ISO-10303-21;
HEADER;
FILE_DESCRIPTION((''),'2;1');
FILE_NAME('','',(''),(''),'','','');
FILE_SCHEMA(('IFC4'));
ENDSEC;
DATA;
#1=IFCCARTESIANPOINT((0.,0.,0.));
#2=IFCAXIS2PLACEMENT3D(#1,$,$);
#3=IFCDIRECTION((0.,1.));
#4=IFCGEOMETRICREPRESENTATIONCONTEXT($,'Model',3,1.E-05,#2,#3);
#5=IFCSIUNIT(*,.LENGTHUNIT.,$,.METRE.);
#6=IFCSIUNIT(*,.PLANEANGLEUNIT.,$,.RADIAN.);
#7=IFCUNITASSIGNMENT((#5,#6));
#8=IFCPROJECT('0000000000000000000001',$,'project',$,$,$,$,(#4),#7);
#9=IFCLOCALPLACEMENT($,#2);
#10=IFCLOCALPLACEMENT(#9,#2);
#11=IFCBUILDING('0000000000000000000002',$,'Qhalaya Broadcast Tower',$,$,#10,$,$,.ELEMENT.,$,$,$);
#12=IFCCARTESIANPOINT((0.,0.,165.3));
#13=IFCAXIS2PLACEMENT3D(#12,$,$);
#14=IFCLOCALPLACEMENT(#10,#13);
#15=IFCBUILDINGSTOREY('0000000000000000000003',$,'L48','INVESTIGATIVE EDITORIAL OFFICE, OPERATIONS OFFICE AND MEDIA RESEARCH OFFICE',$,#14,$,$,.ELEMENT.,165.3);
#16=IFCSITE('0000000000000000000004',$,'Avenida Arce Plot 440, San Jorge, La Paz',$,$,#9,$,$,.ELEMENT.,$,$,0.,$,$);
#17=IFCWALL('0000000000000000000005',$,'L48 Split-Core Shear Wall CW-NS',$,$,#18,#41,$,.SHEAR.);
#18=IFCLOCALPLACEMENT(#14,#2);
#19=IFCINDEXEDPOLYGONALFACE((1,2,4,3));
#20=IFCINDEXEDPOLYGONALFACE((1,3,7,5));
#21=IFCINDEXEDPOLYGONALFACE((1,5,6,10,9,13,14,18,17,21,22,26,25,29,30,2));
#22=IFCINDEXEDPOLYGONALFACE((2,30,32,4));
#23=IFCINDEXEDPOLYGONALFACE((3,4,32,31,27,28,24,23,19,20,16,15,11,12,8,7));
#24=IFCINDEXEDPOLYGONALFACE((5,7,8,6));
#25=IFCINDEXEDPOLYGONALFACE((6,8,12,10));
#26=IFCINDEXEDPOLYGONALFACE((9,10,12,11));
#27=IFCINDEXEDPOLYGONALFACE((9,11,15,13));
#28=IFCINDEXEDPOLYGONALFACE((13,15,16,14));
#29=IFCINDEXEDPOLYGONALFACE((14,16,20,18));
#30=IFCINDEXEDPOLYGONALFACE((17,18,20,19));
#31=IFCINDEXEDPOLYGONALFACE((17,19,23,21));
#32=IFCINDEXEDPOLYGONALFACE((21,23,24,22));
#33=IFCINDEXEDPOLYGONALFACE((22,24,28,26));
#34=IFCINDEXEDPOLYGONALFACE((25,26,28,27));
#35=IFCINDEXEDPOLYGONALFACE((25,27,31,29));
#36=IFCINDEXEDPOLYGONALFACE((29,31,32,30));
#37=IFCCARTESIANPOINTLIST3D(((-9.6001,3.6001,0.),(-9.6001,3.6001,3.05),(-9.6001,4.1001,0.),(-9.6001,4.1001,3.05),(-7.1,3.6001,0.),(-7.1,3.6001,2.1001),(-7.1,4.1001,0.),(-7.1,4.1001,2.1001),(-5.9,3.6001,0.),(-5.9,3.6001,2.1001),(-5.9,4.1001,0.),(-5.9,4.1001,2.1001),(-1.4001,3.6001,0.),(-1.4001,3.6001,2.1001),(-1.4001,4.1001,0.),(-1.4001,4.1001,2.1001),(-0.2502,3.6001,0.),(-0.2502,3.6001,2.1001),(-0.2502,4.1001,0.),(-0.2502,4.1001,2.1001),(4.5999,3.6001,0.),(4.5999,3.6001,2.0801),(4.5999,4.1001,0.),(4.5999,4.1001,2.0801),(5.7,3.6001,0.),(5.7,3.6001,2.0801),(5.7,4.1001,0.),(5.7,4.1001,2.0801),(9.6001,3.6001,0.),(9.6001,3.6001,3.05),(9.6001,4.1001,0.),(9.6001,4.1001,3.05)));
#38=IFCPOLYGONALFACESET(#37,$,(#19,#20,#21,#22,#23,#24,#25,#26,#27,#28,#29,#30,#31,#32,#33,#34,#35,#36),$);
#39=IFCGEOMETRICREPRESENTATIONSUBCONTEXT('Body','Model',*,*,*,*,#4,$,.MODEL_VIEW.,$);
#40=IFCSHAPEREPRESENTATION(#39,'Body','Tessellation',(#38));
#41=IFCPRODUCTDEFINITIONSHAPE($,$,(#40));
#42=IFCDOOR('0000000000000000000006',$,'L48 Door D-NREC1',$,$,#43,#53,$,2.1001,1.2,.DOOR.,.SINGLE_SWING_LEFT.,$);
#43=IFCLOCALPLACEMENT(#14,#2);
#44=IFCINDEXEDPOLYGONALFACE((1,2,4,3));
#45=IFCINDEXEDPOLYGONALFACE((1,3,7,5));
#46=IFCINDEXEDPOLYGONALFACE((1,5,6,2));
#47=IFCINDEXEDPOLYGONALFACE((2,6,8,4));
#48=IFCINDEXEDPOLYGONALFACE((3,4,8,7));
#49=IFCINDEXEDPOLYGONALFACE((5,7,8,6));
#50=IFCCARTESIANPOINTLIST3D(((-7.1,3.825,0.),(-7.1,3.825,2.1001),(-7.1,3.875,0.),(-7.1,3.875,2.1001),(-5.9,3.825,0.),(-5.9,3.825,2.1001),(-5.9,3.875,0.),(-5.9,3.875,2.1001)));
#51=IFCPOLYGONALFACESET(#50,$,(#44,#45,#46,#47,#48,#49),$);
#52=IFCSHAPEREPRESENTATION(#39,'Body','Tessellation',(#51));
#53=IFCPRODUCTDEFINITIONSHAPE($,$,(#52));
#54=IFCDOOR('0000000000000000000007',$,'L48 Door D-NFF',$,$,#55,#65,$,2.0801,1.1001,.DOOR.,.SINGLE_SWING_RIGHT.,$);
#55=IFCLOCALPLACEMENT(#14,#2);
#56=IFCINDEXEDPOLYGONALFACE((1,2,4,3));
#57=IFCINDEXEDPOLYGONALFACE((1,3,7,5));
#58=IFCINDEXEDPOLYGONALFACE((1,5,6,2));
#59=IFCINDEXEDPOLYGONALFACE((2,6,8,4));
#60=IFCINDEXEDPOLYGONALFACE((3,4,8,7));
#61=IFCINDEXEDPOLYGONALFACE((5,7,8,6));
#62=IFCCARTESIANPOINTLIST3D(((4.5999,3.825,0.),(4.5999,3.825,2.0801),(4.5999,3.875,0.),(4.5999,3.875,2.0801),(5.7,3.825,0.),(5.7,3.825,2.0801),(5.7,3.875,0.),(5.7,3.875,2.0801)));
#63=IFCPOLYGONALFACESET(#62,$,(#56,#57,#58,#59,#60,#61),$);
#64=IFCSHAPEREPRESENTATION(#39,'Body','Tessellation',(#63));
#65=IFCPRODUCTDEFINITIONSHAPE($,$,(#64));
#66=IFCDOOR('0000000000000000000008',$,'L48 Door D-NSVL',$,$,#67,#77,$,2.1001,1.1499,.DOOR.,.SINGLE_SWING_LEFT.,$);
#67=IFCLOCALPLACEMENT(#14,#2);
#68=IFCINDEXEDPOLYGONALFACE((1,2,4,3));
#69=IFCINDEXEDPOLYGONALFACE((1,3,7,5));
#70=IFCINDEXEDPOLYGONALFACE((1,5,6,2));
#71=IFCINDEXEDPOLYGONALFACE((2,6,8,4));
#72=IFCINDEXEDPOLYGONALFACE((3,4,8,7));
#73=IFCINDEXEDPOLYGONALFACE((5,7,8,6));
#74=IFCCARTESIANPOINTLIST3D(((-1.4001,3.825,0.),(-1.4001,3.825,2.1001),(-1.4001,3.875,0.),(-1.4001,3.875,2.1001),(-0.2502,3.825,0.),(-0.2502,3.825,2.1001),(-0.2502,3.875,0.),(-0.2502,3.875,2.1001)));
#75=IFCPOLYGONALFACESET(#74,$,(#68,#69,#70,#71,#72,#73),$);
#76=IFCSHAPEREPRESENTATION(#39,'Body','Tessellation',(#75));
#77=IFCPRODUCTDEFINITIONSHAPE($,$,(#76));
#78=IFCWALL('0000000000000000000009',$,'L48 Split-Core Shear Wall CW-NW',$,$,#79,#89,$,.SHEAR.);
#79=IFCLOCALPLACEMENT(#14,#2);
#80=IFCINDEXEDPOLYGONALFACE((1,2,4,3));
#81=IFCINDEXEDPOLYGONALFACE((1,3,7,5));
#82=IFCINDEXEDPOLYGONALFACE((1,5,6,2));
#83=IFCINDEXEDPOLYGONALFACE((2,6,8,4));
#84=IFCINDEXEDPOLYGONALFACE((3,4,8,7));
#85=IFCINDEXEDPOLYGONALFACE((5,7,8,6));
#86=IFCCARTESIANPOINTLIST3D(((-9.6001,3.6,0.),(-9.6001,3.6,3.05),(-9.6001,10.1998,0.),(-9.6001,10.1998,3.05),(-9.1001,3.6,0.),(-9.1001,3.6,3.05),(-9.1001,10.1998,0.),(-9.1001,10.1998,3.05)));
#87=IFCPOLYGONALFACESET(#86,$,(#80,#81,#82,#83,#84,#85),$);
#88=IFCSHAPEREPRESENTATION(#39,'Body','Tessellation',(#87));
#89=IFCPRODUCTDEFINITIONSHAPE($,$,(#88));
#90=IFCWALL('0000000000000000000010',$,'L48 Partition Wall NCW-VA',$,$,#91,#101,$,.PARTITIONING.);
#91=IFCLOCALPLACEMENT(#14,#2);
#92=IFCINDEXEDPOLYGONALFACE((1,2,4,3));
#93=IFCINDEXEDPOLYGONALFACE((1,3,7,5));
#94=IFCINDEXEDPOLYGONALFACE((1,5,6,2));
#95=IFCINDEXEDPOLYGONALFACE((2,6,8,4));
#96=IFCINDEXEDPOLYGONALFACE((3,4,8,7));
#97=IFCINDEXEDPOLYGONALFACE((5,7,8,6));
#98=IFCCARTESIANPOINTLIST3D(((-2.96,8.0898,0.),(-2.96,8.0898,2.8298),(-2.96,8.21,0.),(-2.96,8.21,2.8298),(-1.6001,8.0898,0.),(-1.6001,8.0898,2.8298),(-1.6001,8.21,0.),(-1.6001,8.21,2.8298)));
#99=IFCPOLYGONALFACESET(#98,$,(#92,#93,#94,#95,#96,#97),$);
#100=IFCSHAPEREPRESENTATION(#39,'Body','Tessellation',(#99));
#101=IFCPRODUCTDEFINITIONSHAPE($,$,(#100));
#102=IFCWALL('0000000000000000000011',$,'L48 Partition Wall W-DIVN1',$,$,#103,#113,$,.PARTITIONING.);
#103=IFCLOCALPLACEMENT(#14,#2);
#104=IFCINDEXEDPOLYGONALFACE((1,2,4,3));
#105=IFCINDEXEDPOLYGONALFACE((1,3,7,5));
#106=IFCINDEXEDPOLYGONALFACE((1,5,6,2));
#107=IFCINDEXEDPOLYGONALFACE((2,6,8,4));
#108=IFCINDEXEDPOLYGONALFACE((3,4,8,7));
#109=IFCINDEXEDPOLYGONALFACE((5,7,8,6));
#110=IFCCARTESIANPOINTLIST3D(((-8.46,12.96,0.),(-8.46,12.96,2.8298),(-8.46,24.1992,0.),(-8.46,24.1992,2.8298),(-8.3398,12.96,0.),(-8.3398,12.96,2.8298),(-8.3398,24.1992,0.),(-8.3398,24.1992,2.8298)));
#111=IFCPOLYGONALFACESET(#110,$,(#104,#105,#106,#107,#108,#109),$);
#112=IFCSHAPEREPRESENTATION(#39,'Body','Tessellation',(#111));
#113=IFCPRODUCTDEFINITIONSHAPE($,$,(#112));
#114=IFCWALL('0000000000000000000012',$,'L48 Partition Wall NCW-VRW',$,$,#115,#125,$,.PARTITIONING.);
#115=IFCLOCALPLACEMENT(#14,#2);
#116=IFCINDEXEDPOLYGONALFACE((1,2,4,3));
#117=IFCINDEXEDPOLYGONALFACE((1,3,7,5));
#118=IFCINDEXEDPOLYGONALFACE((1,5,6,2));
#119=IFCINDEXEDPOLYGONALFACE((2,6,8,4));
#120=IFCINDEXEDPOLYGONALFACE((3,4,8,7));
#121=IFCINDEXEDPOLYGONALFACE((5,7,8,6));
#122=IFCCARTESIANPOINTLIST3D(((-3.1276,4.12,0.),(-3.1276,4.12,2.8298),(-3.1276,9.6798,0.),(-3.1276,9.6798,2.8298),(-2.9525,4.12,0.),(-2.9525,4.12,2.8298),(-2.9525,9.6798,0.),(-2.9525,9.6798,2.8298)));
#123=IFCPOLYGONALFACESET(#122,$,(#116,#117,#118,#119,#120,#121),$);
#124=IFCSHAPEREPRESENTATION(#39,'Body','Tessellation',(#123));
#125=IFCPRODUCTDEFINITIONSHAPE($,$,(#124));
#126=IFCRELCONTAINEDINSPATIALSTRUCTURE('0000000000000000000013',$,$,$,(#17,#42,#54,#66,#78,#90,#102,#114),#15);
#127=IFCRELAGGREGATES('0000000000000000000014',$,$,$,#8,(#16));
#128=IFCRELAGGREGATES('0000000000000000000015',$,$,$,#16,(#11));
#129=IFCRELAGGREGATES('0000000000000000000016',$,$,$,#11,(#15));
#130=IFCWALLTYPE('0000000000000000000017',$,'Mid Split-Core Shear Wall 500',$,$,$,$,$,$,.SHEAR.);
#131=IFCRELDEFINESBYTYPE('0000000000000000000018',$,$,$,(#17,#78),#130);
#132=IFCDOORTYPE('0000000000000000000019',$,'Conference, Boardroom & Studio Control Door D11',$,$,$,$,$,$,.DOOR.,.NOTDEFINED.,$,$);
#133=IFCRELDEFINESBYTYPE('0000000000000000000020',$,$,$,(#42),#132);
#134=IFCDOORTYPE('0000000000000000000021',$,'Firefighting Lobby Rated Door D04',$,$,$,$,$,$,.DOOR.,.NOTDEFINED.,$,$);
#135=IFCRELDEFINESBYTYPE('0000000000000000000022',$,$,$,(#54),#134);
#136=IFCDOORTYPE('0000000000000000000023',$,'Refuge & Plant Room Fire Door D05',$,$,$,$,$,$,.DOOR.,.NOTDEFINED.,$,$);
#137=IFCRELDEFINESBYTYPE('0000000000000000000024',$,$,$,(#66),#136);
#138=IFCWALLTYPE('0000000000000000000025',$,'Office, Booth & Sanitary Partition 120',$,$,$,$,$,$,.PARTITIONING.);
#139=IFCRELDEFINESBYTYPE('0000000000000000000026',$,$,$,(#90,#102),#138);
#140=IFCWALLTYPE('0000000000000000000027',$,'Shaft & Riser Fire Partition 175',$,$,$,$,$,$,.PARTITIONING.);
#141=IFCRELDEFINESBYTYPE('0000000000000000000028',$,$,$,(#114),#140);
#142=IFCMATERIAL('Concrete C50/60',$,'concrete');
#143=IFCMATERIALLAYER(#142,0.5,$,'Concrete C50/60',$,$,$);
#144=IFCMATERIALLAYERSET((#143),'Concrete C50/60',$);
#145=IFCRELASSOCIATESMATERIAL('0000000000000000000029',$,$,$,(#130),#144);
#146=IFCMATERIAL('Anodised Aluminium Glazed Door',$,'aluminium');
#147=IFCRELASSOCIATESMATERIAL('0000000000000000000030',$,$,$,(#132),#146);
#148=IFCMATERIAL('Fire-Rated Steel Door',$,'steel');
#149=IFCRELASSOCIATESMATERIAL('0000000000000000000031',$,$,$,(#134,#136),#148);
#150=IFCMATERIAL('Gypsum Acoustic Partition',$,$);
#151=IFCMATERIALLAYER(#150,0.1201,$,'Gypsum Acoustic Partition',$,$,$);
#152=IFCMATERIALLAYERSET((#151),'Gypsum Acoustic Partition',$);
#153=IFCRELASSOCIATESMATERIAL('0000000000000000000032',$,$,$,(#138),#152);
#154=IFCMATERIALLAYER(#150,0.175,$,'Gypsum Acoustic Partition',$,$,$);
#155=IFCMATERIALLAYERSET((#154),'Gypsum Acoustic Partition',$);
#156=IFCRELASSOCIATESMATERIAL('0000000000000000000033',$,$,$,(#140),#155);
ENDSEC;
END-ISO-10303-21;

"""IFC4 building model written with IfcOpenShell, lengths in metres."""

from ifc_helpers import new_model, si_unit, direction, frame, frame_2d, origin, place, context, subcontext, project, spatial, rectangle, extrude, material, layer, layer_set, type_object, element, fill, save


model = new_model("IFC4")

# Units and contexts
model_context = context("Model", 3, precision=1e-05, world=origin(), true_north=direction((0.0, 1.0)))
body_context = subcontext(model_context, "Body", "Model", "MODEL_VIEW")
ifc_project = project(units=[si_unit("LENGTHUNIT", "METRE"), si_unit("PLANEANGLEUNIT", "RADIAN")], contexts=[model_context])

# Site, building, storey
site_placement = place(None, origin())
site = spatial("IfcSite", under=ifc_project, at=site_placement, Name="Avenida Arce Plot 440, San Jorge, La Paz", CompositionType="ELEMENT", RefElevation=0.0)
building_placement = place(site_placement, origin())
building = spatial("IfcBuilding", under=site, at=building_placement, Name="Qhalaya Broadcast Tower", CompositionType="ELEMENT")
storey_placement = place(building_placement, frame((0.0, 0.0, 165.3)))
storey = spatial("IfcBuildingStorey", under=building, at=storey_placement, Name="L48", Description="INVESTIGATIVE EDITORIAL OFFICE, OPERATIONS OFFICE AND MEDIA RESEARCH OFFICE", CompositionType="ELEMENT", Elevation=165.3)

# Shared definitions
ifc_material_1 = material(Name="Concrete C50/60", Category="concrete")

# Shared definitions
ifc_material_2 = material(Name="Gypsum Acoustic Partition")

# Shared definitions
ifc_layer_1 = layer(ifc_material_1, 0.5, Name="Concrete C50/60")
ifc_layer_set_1 = layer_set([ifc_layer_1], Name="Concrete C50/60")
wall_type_1 = type_object("IfcWallType", Name="Mid Split-Core Shear Wall 500", PredefinedType="SHEAR", material=ifc_layer_set_1)

# Wall, openings, doors
wall_1_placement = place(storey_placement, frame((-9.6001, 3.8501, 0.0), z_axis=(0.0, 0.0, 1.0), x_axis=(1.0, 0.0, 0.0)))
wall_1 = element("IfcWall", 1, at=wall_1_placement, inside=storey, type_object=wall_type_1, Name="L48 Split-Core Shear Wall CW-NS", PredefinedType="SHEAR", context=body_context, shape_type="SweptSolid", body=[
    extrude(rectangle(XDim=19.2002, YDim=0.5, at=frame_2d((9.6001, 0.0))), origin(), (0.0, 0.0, 1.0), 3.05),
])
opening_1_placement = place(wall_1_placement, frame((14.2, 0.0, 0.0)))
opening_1 = element("IfcOpeningElement", 2, at=opening_1_placement, cuts=wall_1, PredefinedType="OPENING", context=body_context, shape_type="SweptSolid", body=[
    extrude(rectangle(XDim=1.1001, YDim=2.0801, at=frame_2d((0.55, 1.04))), frame((0.0, 0.262, 0.0), z_axis=(0.0, -1.0, 0.0), x_axis=(1.0, 0.0, 0.0)), (0.0, 0.0, 1.0), 0.5239),
])
opening_2_placement = place(wall_1_placement, frame((8.2, 0.0, 0.0)))
opening_2 = element("IfcOpeningElement", 3, at=opening_2_placement, cuts=wall_1, PredefinedType="OPENING", context=body_context, shape_type="SweptSolid", body=[
    extrude(rectangle(XDim=1.1499, YDim=2.1001, at=frame_2d((0.575, 1.05))), frame((0.0, 0.262, 0.0), z_axis=(0.0, -1.0, 0.0), x_axis=(1.0, 0.0, 0.0)), (0.0, 0.0, 1.0), 0.5239),
])
opening_3_placement = place(wall_1_placement, frame((2.5, 0.0, 0.0)))
opening_3 = element("IfcOpeningElement", 4, at=opening_3_placement, cuts=wall_1, PredefinedType="OPENING", context=body_context, shape_type="SweptSolid", body=[
    extrude(rectangle(XDim=1.2, YDim=2.1001, at=frame_2d((0.6001, 1.05))), frame((0.0, 0.262, 0.0), z_axis=(0.0, -1.0, 0.0), x_axis=(1.0, 0.0, 0.0)), (0.0, 0.0, 1.0), 0.5239),
])
ifc_material_3 = material(Name="Anodised Aluminium Glazed Door", Category="aluminium")
door_type_1 = type_object("IfcDoorType", Name="Conference, Boardroom & Studio Control Door D11", OperationType="NOTDEFINED", PredefinedType="DOOR", material=ifc_material_3)
door_1_placement = place(opening_3_placement, origin())
door_1 = element("IfcDoor", 5, at=door_1_placement, inside=storey, type_object=door_type_1, Name="L48 Door D-NREC1", OperationType="SINGLE_SWING_LEFT", OverallHeight=2.1001, OverallWidth=1.2, PredefinedType="DOOR", context=body_context, shape_type="SweptSolid", body=[
    extrude(rectangle(XDim=1.2, YDim=2.1001, at=frame_2d((0.6001, 1.05))), frame((0.0, 0.0249, 0.0), z_axis=(0.0, -1.0, 0.0), x_axis=(1.0, 0.0, 0.0)), (0.0, 0.0, 1.0), 0.05),
])
fill(opening_3, door_1)
ifc_material_4 = material(Name="Fire-Rated Steel Door", Category="steel")
door_type_2 = type_object("IfcDoorType", Name="Firefighting Lobby Rated Door D04", OperationType="NOTDEFINED", PredefinedType="DOOR", material=ifc_material_4)
door_2_placement = place(opening_1_placement, origin())
door_2 = element("IfcDoor", 6, at=door_2_placement, inside=storey, type_object=door_type_2, Name="L48 Door D-NFF", OperationType="SINGLE_SWING_RIGHT", OverallHeight=2.0801, OverallWidth=1.1001, PredefinedType="DOOR", context=body_context, shape_type="SweptSolid", body=[
    extrude(rectangle(XDim=1.1001, YDim=2.0801, at=frame_2d((0.55, 1.04))), frame((0.0, 0.0249, 0.0), z_axis=(0.0, -1.0, 0.0), x_axis=(1.0, 0.0, 0.0)), (0.0, 0.0, 1.0), 0.05),
])
fill(opening_1, door_2)
door_type_3 = type_object("IfcDoorType", Name="Refuge & Plant Room Fire Door D05", OperationType="NOTDEFINED", PredefinedType="DOOR", material=ifc_material_4)
door_3_placement = place(opening_2_placement, origin())
door_3 = element("IfcDoor", 7, at=door_3_placement, inside=storey, type_object=door_type_3, Name="L48 Door D-NSVL", OperationType="SINGLE_SWING_LEFT", OverallHeight=2.1001, OverallWidth=1.1499, PredefinedType="DOOR", context=body_context, shape_type="SweptSolid", body=[
    extrude(rectangle(XDim=1.1499, YDim=2.1001, at=frame_2d((0.575, 1.05))), frame((0.0, 0.0249, 0.0), z_axis=(0.0, -1.0, 0.0), x_axis=(1.0, 0.0, 0.0)), (0.0, 0.0, 1.0), 0.05),
])
fill(opening_2, door_3)

# Walls
wall_2_placement = place(storey_placement, frame((-9.3501, 3.6001, 0.0), z_axis=(0.0, 0.0, 1.0), x_axis=(0.0, 1.0, 0.0)))
element("IfcWall", 8, at=wall_2_placement, inside=storey, type_object=wall_type_1, Name="L48 Split-Core Shear Wall CW-NW", PredefinedType="SHEAR", context=body_context, shape_type="SweptSolid", body=[
    extrude(rectangle(XDim=6.5999, YDim=0.5, at=frame_2d((3.2998, 0.0))), origin(), (0.0, 0.0, 1.0), 3.05),
])
ifc_layer_2 = layer(ifc_material_2, 0.1201, Name="Gypsum Acoustic Partition")
ifc_layer_set_2 = layer_set([ifc_layer_2], Name="Gypsum Acoustic Partition")
wall_type_2 = type_object("IfcWallType", Name="Office, Booth & Sanitary Partition 120", PredefinedType="PARTITIONING", material=ifc_layer_set_2)
wall_3_placement = place(storey_placement, frame((-2.96, 8.1499, 0.0), z_axis=(0.0, 0.0, 1.0), x_axis=(1.0, 0.0, 0.0)))
element("IfcWall", 9, at=wall_3_placement, inside=storey, type_object=wall_type_2, Name="L48 Partition Wall NCW-VA", PredefinedType="PARTITIONING", context=body_context, shape_type="SweptSolid", body=[
    extrude(rectangle(XDim=1.3599, YDim=0.1201, at=frame_2d((0.6799, 0.0))), origin(), (0.0, 0.0, 1.0), 2.8298),
])
wall_4_placement = place(storey_placement, frame((-8.3999, 12.96, 0.0), z_axis=(0.0, 0.0, 1.0), x_axis=(0.0, 1.0, 0.0)))
element("IfcWall", 10, at=wall_4_placement, inside=storey, type_object=wall_type_2, Name="L48 Partition Wall W-DIVN1", PredefinedType="PARTITIONING", context=body_context, shape_type="SweptSolid", body=[
    extrude(rectangle(XDim=11.2393, YDim=0.1201, at=frame_2d((5.6196, 0.0))), origin(), (0.0, 0.0, 1.0), 2.8298),
])
ifc_layer_3 = layer(ifc_material_2, 0.175, Name="Gypsum Acoustic Partition")
ifc_layer_set_3 = layer_set([ifc_layer_3], Name="Gypsum Acoustic Partition")
wall_type_3 = type_object("IfcWallType", Name="Shaft & Riser Fire Partition 175", PredefinedType="PARTITIONING", material=ifc_layer_set_3)
wall_5_placement = place(storey_placement, frame((-3.04, 4.1201, 0.0), z_axis=(0.0, 0.0, 1.0), x_axis=(0.0, 1.0, 0.0)))
element("IfcWall", 11, at=wall_5_placement, inside=storey, type_object=wall_type_3, Name="L48 Partition Wall NCW-VRW", PredefinedType="PARTITIONING", context=body_context, shape_type="SweptSolid", body=[
    extrude(rectangle(XDim=5.5598, YDim=0.175, at=frame_2d((2.7798, 0.0))), origin(), (0.0, 0.0, 1.0), 2.8298),
])

save(model, "model.ifc")
